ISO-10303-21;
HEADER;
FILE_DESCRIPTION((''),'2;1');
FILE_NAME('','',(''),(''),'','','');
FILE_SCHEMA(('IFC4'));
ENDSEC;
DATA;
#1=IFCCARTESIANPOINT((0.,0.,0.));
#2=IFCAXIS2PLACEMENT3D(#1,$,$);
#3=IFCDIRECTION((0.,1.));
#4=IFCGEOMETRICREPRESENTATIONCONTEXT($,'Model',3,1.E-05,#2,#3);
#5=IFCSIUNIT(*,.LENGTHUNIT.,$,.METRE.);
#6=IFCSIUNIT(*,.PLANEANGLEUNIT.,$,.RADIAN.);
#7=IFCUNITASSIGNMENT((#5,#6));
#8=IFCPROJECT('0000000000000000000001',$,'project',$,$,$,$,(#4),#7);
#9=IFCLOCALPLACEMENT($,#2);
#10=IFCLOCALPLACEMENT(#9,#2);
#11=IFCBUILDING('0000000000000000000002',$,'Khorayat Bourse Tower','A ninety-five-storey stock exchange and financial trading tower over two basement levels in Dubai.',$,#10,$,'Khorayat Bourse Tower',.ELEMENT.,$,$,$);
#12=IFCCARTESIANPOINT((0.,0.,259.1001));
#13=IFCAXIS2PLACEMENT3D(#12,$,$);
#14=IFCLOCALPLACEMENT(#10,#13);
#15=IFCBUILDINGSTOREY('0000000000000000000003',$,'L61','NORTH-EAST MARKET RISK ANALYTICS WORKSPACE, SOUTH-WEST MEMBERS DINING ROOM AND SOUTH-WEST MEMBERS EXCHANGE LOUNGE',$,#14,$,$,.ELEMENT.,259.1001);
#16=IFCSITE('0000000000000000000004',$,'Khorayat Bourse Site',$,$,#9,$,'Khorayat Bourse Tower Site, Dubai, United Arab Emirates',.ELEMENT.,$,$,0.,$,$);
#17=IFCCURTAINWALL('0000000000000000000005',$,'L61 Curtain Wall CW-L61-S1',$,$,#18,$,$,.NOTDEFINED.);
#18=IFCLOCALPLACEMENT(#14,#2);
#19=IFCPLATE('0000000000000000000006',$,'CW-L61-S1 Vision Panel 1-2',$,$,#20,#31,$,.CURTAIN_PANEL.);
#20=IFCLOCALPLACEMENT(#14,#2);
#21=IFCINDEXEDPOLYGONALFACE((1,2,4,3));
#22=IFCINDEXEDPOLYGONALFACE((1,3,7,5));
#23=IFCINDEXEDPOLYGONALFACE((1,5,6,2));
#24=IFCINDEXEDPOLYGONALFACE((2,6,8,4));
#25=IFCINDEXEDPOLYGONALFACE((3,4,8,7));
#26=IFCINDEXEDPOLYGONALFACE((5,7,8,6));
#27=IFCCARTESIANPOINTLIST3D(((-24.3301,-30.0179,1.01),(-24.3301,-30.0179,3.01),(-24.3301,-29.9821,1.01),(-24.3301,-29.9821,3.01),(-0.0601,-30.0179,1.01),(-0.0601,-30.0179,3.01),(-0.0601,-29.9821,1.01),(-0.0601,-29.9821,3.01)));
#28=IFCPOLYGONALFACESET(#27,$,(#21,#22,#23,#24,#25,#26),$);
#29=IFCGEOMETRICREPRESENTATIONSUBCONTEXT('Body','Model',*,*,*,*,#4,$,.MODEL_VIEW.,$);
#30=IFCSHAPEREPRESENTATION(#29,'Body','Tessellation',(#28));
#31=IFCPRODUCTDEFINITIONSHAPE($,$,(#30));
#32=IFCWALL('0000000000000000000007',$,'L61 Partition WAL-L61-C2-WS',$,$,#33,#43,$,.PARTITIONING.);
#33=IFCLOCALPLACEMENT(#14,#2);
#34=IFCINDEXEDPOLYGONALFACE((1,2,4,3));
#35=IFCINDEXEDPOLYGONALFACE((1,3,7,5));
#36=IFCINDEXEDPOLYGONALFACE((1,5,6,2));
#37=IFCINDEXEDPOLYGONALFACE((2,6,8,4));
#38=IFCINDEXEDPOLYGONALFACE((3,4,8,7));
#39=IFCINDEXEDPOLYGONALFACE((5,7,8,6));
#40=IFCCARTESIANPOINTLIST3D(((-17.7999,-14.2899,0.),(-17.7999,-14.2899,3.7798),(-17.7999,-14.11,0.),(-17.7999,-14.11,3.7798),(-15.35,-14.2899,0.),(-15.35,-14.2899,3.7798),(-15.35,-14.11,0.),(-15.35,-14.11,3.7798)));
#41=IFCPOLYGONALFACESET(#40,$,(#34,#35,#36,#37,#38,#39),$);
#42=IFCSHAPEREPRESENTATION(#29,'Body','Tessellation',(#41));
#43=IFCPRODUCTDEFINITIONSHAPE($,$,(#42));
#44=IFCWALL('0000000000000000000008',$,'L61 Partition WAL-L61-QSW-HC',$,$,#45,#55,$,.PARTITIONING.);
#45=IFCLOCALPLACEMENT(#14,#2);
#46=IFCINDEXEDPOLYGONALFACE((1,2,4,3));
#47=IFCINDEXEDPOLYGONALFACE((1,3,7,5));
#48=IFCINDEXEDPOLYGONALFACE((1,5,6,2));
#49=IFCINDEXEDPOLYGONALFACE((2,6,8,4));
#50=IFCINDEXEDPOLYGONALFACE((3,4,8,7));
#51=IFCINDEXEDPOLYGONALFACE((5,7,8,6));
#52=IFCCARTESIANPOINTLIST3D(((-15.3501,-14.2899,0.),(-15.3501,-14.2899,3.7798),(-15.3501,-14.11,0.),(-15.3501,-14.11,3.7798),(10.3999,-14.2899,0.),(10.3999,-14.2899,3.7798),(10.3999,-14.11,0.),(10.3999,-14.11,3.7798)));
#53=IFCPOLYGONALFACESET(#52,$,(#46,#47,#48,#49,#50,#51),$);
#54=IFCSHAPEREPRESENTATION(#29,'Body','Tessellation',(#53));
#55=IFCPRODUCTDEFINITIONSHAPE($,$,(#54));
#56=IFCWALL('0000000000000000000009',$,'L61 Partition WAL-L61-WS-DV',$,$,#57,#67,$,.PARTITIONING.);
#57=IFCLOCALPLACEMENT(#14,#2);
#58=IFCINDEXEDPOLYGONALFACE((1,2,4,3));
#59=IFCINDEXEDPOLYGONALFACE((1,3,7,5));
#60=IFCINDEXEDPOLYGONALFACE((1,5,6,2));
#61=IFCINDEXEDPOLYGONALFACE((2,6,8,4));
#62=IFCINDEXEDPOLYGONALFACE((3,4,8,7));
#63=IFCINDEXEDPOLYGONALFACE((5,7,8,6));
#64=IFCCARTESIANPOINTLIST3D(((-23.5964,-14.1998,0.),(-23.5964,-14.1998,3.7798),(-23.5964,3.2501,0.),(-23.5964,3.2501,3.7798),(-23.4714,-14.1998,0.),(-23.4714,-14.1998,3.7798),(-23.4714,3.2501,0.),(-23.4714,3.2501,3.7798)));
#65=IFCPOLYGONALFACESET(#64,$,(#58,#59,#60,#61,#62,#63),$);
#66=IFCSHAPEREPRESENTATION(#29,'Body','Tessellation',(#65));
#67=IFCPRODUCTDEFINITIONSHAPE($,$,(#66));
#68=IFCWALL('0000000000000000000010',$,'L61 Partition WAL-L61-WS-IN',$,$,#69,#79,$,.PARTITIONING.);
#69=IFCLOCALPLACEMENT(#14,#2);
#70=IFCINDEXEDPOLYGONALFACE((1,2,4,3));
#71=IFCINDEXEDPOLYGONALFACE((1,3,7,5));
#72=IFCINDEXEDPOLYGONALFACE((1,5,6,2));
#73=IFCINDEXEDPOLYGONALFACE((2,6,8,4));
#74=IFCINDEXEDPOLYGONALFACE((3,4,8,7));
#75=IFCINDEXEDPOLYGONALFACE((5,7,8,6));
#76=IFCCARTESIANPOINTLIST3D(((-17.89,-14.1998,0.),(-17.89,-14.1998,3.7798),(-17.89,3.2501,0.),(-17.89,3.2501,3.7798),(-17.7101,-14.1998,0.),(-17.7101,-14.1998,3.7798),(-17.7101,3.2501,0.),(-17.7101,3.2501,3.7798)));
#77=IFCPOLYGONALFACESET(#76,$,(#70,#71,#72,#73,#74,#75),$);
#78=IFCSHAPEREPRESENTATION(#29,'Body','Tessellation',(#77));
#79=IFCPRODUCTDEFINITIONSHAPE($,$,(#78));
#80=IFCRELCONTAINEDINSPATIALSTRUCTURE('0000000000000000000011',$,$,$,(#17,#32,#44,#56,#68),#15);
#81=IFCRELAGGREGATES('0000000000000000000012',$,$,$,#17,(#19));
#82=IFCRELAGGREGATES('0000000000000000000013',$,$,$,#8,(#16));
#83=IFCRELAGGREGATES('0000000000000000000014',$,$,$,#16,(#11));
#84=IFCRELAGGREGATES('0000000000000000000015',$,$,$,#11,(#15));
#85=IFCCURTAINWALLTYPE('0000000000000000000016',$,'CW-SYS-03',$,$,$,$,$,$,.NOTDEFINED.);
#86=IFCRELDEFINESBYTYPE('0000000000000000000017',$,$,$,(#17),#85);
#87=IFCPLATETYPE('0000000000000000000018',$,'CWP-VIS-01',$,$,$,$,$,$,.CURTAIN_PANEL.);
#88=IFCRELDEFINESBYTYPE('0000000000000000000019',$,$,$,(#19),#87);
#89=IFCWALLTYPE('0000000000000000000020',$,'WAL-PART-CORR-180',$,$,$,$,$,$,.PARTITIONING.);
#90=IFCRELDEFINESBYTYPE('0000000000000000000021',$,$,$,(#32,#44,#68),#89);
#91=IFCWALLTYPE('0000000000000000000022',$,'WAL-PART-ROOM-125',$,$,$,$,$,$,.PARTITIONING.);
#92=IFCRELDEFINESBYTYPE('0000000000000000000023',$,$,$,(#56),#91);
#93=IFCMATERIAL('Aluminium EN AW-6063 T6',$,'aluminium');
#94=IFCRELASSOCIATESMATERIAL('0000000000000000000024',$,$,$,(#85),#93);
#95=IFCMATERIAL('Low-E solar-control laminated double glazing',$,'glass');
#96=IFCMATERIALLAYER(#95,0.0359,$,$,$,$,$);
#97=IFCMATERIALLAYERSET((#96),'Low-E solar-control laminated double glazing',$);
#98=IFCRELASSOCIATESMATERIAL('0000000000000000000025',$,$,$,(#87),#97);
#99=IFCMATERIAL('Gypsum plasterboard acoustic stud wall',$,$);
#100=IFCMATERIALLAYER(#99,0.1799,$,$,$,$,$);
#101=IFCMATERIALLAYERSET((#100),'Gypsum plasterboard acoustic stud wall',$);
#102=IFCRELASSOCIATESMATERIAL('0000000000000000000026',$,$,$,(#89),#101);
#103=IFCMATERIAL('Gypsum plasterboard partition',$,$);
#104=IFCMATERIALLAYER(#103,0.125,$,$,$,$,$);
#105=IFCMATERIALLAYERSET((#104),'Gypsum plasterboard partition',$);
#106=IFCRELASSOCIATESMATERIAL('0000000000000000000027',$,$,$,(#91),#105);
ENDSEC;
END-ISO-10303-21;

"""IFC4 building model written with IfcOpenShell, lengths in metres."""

from ifc_helpers import new_model, si_unit, direction, frame, frame_2d, origin, origin_2d, place, context, subcontext, project, spatial, rectangle, extrude, source, transform, mapped, material, layer, layer_set, type_object, element, aggregate, save


model = new_model("IFC4")

# Units and contexts
model_context = context("Model", 3, precision=1e-05, world=origin(), true_north=direction((0.0, 1.0)))
body_context = subcontext(model_context, "Body", "Model", "MODEL_VIEW")
ifc_project = project(units=[si_unit("LENGTHUNIT", "METRE"), si_unit("PLANEANGLEUNIT", "RADIAN")], contexts=[model_context])

# Site, building, storey
site_placement = place(None, origin())
site = spatial("IfcSite", under=ifc_project, at=site_placement, Name="Khorayat Bourse Site", LongName="Khorayat Bourse Tower Site, Dubai, United Arab Emirates", CompositionType="ELEMENT", RefElevation=0.0)
building_placement = place(site_placement, origin())
building = spatial("IfcBuilding", under=site, at=building_placement, Name="Khorayat Bourse Tower", Description="A ninety-five-storey stock exchange and financial trading tower over two basement levels in Dubai.", LongName="Khorayat Bourse Tower", CompositionType="ELEMENT")
storey_placement = place(building_placement, frame((0.0, 0.0, 259.1001)))
storey = spatial("IfcBuildingStorey", under=building, at=storey_placement, Name="L61", Description="NORTH-EAST MARKET RISK ANALYTICS WORKSPACE, SOUTH-WEST MEMBERS DINING ROOM AND SOUTH-WEST MEMBERS EXCHANGE LOUNGE", CompositionType="ELEMENT", Elevation=259.1001)

# Curtain wall
ifc_material_1 = material(Name="Aluminium EN AW-6063 T6", Category="aluminium")
curtain_wall_type = type_object("IfcCurtainWallType", Name="CW-SYS-03", PredefinedType="NOTDEFINED", material=ifc_material_1)
curtain_wall_placement = place(storey_placement, origin())
curtain_wall = element("IfcCurtainWall", 1, at=curtain_wall_placement, inside=storey, type_object=curtain_wall_type, Name="L61 Curtain Wall CW-L61-S1", PredefinedType="NOTDEFINED")

# Plate
ifc_material_2 = material(Name="Low-E solar-control laminated double glazing", Category="glass")
ifc_layer_1 = layer(ifc_material_2, 0.0359)
ifc_layer_set_1 = layer_set([ifc_layer_1], Name="Low-E solar-control laminated double glazing")
plate_type_1 = type_object("IfcPlateType", Name="CWP-VIS-01", PredefinedType="CURTAIN_PANEL", material=ifc_layer_set_1)
shared_shape_1 = source(origin(), body_context, "Body", "SweptSolid", [
    extrude(rectangle(XDim=24.27, YDim=0.0359, at=origin_2d()), origin(), (0.0, 0.0, 1.0), 2.0),
])
plate_1_placement = place(storey_placement, frame((-12.1951, -30.0, 1.01), z_axis=(0.0, 0.0, 1.0), x_axis=(1.0, 0.0, 0.0)))
plate_1 = element("IfcPlate", 2, at=plate_1_placement, type_object=plate_type_1, Name="CW-L61-S1 Vision Panel 1-2", PredefinedType="CURTAIN_PANEL", context=body_context, shape_type="MappedRepresentation", body=[
    mapped(shared_shape_1, transform((0.0, 0.0, 0.0), scale=1.0)),
])
aggregate(curtain_wall, [plate_1])

# Walls
ifc_material_3 = material(Name="Gypsum plasterboard acoustic stud wall")
ifc_layer_2 = layer(ifc_material_3, 0.1799)
ifc_layer_set_2 = layer_set([ifc_layer_2], Name="Gypsum plasterboard acoustic stud wall")
wall_type_1 = type_object("IfcWallType", Name="WAL-PART-CORR-180", PredefinedType="PARTITIONING", material=ifc_layer_set_2)
shared_shape_2 = source(origin(), body_context, "Body", "SweptSolid", [
    extrude(rectangle(XDim=2.45, YDim=0.1799, at=frame_2d((1.2251, 0.0))), origin(), (0.0, 0.0, 1.0), 3.7798),
])
wall_1_placement = place(storey_placement, frame((-17.8, -14.2, 0.0), z_axis=(0.0, 0.0, 1.0), x_axis=(1.0, 0.0, 0.0)))
element("IfcWall", 3, at=wall_1_placement, inside=storey, type_object=wall_type_1, Name="L61 Partition WAL-L61-C2-WS", PredefinedType="PARTITIONING", context=body_context, shape_type="MappedRepresentation", body=[
    mapped(shared_shape_2, transform((0.0, 0.0, 0.0), scale=1.0)),
])
shared_shape_3 = source(origin(), body_context, "Body", "SweptSolid", [
    extrude(rectangle(XDim=25.75, YDim=0.1799, at=frame_2d((12.875, 0.0))), origin(), (0.0, 0.0, 1.0), 3.7798),
])
wall_2_placement = place(storey_placement, frame((-15.3501, -14.2, 0.0), z_axis=(0.0, 0.0, 1.0), x_axis=(1.0, 0.0, 0.0)))
element("IfcWall", 4, at=wall_2_placement, inside=storey, type_object=wall_type_1, Name="L61 Partition WAL-L61-QSW-HC", PredefinedType="PARTITIONING", context=body_context, shape_type="MappedRepresentation", body=[
    mapped(shared_shape_3, transform((0.0, 0.0, 0.0), scale=1.0)),
])
ifc_material_4 = material(Name="Gypsum plasterboard partition")
ifc_layer_3 = layer(ifc_material_4, 0.125)
ifc_layer_set_3 = layer_set([ifc_layer_3], Name="Gypsum plasterboard partition")
wall_type_2 = type_object("IfcWallType", Name="WAL-PART-ROOM-125", PredefinedType="PARTITIONING", material=ifc_layer_set_3)
shared_shape_4 = source(origin(), body_context, "Body", "SweptSolid", [
    extrude(rectangle(XDim=17.45, YDim=0.125, at=frame_2d((8.7251, 0.0))), origin(), (0.0, 0.0, 1.0), 3.7798),
])
wall_3_placement = place(storey_placement, frame((-23.5339, -14.2, 0.0), z_axis=(0.0, 0.0, 1.0), x_axis=(0.0, 1.0, 0.0)))
element("IfcWall", 5, at=wall_3_placement, inside=storey, type_object=wall_type_2, Name="L61 Partition WAL-L61-WS-DV", PredefinedType="PARTITIONING", context=body_context, shape_type="MappedRepresentation", body=[
    mapped(shared_shape_4, transform((0.0, 0.0, 0.0), scale=1.0)),
])
shared_shape_5 = source(origin(), body_context, "Body", "SweptSolid", [
    extrude(rectangle(XDim=17.45, YDim=0.1799, at=frame_2d((8.7251, 0.0))), origin(), (0.0, 0.0, 1.0), 3.7798),
])
wall_4_placement = place(storey_placement, frame((-17.8, -14.2, 0.0), z_axis=(0.0, 0.0, 1.0), x_axis=(0.0, 1.0, 0.0)))
element("IfcWall", 6, at=wall_4_placement, inside=storey, type_object=wall_type_1, Name="L61 Partition WAL-L61-WS-IN", PredefinedType="PARTITIONING", context=body_context, shape_type="MappedRepresentation", body=[
    mapped(shared_shape_5, transform((0.0, 0.0, 0.0), scale=1.0)),
])

save(model, "model.ifc")
